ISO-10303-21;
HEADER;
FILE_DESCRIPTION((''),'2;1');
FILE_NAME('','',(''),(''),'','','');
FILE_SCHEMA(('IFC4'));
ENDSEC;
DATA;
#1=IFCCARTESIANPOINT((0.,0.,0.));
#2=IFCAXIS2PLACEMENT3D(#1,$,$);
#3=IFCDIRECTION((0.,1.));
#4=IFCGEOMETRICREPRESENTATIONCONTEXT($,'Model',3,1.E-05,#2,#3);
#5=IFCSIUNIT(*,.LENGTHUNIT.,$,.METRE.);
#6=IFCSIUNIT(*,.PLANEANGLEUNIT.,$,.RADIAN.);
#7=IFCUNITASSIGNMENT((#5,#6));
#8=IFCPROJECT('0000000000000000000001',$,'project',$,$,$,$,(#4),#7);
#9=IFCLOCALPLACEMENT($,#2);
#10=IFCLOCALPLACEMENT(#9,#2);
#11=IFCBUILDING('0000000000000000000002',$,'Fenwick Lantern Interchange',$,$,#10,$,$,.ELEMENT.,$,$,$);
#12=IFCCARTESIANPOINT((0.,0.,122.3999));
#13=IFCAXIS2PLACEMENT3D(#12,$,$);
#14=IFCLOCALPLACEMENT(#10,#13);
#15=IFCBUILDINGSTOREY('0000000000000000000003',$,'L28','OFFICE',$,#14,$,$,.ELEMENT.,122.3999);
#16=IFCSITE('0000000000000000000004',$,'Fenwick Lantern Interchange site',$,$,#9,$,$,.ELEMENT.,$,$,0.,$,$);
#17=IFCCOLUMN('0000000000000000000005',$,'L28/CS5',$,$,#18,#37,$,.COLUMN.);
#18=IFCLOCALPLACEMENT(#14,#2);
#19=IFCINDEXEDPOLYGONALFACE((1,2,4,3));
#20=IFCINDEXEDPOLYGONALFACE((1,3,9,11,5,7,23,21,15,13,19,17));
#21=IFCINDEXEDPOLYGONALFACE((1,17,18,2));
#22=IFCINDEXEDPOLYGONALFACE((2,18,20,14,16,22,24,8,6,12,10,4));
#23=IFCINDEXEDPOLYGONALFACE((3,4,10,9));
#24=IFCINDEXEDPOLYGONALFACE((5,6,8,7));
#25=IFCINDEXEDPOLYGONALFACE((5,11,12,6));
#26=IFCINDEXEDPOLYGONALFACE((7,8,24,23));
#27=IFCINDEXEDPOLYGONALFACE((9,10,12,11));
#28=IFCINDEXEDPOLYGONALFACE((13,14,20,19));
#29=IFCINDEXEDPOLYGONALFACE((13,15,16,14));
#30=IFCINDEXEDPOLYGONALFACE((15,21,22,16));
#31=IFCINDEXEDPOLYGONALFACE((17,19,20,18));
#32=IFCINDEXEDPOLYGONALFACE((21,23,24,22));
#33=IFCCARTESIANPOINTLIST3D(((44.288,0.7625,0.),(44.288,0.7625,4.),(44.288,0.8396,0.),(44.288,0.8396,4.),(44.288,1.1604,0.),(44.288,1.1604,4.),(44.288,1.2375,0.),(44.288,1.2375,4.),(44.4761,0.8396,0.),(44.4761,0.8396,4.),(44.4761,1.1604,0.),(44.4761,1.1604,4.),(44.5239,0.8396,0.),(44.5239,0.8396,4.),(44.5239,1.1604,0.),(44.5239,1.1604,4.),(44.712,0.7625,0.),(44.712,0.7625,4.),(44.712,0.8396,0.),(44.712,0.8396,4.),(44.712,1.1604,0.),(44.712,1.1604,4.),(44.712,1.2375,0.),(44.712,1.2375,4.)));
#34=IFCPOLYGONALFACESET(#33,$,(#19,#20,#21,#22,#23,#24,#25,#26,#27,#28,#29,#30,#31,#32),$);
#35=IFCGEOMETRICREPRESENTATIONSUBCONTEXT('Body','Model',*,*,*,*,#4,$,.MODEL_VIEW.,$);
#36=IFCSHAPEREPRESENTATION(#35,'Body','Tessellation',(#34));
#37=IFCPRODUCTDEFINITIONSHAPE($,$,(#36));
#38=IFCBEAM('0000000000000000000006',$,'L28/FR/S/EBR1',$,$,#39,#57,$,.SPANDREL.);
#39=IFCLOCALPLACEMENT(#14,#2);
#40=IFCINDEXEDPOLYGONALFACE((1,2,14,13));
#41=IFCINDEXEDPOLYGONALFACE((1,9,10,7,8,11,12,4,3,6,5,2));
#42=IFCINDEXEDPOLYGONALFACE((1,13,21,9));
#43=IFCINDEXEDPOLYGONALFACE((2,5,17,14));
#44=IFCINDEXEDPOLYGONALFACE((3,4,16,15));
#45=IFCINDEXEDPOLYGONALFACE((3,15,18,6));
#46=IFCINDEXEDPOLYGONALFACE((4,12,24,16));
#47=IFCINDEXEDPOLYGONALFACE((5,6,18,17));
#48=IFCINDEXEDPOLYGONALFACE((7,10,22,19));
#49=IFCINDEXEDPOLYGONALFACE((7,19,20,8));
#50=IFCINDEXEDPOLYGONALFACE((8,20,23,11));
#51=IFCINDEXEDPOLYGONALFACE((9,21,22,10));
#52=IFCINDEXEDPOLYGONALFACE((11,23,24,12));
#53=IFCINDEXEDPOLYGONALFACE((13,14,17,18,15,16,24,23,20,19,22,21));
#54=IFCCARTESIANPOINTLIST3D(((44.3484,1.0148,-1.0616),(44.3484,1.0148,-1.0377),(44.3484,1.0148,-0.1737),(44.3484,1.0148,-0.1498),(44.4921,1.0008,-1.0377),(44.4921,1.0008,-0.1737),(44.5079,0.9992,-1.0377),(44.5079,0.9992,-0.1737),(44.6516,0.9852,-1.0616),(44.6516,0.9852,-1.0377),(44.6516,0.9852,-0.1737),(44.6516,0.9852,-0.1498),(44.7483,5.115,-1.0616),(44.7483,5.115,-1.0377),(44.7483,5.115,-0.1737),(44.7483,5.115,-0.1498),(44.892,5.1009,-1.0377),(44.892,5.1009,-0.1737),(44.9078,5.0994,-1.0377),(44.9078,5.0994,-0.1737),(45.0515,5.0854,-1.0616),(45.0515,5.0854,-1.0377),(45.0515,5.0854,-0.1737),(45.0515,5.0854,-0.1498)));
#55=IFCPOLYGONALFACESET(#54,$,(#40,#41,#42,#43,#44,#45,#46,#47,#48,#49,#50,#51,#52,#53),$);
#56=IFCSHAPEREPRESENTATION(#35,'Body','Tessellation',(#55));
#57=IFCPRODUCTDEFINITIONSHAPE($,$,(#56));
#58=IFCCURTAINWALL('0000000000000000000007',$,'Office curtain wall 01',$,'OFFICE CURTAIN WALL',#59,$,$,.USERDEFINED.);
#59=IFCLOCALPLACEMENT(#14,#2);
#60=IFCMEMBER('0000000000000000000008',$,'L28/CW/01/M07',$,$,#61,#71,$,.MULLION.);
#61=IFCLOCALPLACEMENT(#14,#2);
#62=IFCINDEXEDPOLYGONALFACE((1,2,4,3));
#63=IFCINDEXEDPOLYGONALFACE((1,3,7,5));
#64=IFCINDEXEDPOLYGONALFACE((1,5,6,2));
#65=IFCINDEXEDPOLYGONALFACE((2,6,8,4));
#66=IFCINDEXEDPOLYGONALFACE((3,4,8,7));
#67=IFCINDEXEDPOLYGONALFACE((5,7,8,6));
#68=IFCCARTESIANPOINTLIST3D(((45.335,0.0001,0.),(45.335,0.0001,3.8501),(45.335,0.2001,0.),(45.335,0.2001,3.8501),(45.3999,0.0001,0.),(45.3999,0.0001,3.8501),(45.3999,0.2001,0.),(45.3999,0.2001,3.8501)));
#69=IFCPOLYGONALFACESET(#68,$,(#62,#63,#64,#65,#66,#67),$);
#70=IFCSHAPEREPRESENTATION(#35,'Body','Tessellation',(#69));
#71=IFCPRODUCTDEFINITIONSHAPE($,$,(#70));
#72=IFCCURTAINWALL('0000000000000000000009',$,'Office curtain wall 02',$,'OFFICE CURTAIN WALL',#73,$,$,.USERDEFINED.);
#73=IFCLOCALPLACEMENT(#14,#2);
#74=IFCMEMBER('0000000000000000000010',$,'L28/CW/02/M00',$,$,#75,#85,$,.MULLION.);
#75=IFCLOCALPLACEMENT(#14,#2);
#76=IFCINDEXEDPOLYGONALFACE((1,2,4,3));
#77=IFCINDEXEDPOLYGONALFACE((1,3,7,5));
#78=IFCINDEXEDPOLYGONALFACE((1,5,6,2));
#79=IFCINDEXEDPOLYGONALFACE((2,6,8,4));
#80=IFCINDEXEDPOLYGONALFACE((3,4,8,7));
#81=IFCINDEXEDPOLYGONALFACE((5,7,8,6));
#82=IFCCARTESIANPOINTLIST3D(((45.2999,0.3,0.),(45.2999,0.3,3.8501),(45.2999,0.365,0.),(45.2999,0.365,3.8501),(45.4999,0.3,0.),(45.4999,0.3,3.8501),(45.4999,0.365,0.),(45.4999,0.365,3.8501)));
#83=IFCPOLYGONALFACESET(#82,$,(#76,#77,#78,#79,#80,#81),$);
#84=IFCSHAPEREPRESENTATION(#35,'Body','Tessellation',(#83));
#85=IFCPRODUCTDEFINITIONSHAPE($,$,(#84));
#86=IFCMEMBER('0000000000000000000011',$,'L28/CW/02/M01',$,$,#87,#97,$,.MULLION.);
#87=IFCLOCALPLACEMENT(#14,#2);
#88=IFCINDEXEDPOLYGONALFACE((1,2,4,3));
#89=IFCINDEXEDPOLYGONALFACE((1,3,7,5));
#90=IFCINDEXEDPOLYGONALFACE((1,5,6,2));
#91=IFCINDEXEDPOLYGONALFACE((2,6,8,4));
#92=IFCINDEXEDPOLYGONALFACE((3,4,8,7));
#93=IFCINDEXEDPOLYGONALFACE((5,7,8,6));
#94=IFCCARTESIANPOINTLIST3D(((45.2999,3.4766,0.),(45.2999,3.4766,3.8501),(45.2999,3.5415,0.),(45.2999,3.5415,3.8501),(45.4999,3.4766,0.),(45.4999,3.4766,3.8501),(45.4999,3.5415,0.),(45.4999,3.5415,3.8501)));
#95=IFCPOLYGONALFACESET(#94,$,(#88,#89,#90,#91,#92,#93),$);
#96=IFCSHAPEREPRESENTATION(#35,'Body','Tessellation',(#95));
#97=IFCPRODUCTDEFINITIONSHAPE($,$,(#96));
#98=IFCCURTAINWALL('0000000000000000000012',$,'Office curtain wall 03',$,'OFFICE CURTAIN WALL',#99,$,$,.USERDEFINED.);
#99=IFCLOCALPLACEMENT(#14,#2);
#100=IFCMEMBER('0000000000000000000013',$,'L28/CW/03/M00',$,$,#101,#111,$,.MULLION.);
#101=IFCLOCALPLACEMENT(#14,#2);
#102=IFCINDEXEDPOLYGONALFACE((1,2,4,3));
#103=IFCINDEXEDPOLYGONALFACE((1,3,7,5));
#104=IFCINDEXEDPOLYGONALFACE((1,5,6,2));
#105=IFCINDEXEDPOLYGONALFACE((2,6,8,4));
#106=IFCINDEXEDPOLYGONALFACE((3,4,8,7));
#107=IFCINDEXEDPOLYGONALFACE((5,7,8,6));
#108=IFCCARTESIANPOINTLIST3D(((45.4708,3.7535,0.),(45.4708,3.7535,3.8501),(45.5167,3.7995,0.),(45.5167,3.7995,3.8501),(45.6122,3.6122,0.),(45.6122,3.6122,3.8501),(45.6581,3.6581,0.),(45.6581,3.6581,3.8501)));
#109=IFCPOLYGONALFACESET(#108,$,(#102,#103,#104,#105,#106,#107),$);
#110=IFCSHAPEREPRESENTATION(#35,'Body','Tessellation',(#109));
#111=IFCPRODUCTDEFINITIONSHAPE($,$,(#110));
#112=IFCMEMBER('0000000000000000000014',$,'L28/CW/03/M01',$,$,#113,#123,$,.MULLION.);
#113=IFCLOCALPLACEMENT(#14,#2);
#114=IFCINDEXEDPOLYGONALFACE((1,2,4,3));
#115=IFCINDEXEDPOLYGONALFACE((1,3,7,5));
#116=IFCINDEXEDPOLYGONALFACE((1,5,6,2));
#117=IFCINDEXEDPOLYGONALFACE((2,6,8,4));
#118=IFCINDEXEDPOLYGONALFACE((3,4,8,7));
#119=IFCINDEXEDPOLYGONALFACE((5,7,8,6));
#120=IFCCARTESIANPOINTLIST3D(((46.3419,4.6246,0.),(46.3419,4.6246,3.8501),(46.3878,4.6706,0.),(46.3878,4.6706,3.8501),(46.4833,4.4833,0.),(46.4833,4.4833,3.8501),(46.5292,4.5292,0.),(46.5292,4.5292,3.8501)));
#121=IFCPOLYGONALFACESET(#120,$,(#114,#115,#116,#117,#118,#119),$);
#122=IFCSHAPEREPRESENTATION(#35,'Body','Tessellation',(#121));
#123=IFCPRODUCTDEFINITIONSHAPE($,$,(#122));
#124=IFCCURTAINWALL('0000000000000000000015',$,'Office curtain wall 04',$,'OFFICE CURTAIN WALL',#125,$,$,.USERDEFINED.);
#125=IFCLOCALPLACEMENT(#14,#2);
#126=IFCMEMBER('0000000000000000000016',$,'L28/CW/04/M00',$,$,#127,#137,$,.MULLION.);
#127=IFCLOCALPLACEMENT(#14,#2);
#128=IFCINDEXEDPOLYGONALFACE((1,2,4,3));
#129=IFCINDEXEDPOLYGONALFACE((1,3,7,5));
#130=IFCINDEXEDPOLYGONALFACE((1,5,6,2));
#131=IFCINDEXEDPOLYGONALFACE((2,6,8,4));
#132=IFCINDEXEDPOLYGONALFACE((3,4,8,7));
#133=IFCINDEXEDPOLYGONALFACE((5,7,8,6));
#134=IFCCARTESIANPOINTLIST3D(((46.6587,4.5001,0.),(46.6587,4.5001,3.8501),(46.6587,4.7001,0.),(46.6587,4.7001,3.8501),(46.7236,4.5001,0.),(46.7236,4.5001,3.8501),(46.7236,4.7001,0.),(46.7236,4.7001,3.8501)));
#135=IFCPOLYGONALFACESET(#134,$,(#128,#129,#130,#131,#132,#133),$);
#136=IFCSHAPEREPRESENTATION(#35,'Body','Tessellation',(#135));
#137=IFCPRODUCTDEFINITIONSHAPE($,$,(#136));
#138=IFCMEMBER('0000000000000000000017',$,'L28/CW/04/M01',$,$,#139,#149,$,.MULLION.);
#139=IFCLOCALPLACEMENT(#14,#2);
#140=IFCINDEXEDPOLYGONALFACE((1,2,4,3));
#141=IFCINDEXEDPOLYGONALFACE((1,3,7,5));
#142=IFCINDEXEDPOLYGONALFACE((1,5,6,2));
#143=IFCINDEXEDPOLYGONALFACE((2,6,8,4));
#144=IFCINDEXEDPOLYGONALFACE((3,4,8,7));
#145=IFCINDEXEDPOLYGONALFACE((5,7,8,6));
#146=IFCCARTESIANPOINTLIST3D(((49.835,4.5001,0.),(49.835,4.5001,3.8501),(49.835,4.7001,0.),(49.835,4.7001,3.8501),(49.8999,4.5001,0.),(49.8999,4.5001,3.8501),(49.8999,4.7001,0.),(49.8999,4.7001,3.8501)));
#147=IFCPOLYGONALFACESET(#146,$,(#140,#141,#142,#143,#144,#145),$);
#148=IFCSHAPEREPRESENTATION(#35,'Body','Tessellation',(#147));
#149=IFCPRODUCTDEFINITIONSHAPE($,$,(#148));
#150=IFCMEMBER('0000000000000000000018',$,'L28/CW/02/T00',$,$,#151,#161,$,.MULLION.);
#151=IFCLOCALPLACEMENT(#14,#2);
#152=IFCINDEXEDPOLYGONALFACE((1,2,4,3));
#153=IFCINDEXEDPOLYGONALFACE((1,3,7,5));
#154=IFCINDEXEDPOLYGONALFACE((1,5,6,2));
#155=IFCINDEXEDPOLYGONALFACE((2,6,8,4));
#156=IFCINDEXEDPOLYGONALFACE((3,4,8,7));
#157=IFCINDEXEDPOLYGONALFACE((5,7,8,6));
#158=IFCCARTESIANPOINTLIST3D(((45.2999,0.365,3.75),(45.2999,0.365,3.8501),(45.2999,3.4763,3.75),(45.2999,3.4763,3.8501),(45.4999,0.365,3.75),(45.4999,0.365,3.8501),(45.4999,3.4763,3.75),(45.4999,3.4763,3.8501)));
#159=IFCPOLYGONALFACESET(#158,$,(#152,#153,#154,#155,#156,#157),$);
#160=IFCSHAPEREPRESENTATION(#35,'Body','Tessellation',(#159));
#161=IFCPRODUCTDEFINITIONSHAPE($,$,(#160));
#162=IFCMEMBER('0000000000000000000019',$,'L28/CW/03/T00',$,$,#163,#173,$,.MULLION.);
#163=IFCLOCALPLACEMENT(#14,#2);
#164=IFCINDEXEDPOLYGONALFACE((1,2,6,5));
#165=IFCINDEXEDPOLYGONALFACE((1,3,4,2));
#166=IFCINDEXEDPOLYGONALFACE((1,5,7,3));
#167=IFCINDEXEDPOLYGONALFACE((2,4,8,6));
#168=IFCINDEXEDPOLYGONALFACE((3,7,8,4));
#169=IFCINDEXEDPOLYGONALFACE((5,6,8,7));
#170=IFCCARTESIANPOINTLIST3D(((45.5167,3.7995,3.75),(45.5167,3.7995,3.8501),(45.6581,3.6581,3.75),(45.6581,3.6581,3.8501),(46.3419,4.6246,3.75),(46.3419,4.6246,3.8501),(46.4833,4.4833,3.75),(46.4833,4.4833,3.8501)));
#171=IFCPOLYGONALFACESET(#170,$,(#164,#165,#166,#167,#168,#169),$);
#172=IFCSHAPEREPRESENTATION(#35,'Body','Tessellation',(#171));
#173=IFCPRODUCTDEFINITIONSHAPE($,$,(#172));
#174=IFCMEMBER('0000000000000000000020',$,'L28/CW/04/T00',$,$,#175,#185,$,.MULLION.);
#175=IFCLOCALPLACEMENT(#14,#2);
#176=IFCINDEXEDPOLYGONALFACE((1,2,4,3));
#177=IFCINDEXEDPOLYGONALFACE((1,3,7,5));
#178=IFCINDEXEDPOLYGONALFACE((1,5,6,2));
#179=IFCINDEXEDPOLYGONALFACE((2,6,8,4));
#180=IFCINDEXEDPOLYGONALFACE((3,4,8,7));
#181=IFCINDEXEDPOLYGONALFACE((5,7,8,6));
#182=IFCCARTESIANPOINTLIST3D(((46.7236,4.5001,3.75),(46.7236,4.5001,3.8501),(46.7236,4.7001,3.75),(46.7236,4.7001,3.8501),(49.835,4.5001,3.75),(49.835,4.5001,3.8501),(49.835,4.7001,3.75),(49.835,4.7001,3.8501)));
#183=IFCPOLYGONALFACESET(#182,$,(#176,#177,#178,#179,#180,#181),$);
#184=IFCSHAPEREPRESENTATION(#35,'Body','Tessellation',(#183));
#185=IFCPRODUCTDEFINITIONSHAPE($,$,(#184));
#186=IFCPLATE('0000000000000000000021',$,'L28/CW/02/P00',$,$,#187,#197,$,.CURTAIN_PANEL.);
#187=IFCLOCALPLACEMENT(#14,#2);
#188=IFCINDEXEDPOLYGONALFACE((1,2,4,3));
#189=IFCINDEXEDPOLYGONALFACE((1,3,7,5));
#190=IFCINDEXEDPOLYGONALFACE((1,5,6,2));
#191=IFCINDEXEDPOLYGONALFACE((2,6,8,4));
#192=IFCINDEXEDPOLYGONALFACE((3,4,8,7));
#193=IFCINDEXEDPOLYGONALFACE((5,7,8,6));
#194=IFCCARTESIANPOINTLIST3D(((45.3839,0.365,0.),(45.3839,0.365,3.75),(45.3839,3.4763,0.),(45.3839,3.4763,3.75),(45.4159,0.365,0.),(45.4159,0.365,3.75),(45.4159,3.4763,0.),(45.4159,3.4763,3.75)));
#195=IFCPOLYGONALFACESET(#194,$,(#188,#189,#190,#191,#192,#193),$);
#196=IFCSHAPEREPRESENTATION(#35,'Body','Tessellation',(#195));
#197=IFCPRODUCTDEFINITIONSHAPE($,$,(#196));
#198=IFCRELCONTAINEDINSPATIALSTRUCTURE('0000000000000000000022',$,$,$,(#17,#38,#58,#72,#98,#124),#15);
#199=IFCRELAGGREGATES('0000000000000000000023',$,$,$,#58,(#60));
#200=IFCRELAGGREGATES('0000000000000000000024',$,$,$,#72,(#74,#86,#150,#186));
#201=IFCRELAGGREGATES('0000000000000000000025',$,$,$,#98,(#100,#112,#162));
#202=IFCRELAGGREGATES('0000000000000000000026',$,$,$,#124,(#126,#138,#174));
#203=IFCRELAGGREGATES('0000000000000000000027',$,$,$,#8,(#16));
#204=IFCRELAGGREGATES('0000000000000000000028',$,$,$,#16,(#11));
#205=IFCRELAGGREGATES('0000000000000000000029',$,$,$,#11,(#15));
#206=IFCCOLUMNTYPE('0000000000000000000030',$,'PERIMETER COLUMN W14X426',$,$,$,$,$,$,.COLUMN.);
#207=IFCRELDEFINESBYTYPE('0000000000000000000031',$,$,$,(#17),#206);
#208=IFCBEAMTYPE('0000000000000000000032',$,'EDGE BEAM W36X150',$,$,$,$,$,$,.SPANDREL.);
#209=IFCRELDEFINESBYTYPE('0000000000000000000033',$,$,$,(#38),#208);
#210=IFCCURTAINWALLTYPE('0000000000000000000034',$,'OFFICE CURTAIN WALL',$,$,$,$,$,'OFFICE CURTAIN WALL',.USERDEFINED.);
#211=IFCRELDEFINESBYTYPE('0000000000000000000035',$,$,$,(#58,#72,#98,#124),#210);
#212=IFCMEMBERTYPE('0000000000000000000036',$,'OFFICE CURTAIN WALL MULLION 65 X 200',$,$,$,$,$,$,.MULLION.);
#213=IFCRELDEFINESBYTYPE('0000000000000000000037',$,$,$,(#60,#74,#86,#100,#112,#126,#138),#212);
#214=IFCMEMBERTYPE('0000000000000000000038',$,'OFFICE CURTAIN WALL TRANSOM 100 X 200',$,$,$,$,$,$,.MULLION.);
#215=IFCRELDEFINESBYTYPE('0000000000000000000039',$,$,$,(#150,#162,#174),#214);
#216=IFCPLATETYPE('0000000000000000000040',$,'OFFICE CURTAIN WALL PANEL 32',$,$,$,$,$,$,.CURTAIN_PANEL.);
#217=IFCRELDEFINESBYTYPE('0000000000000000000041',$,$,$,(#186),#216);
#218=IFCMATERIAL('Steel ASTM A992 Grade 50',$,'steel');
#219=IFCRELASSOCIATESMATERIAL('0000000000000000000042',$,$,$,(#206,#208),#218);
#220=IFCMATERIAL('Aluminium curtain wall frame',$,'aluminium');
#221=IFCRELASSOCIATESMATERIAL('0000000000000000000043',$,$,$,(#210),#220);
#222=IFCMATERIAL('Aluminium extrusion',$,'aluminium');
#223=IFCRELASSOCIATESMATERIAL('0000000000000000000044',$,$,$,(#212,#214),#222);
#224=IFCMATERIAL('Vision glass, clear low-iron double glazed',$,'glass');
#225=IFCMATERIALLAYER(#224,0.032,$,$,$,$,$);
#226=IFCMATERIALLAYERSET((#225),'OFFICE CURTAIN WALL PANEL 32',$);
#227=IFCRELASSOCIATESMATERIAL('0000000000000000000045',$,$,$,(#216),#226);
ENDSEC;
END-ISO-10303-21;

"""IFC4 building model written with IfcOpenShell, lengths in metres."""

from ifc_helpers import new_model, si_unit, direction, frame, origin, origin_2d, place, context, subcontext, project, spatial, rectangle, i_section, extrude, material, layer, layer_set, material_profile, profile_set, type_object, element, aggregate, save


model = new_model("IFC4")

# Units and contexts
model_context = context("Model", 3, precision=1e-05, world=origin(), true_north=direction((0.0, 1.0)))
body_context = subcontext(model_context, "Body", "Model", "MODEL_VIEW")
ifc_project = project(units=[si_unit("LENGTHUNIT", "METRE"), si_unit("PLANEANGLEUNIT", "RADIAN")], contexts=[model_context])

# Site, building, storey
site_placement = place(None, origin())
site = spatial("IfcSite", under=ifc_project, at=site_placement, Name="Fenwick Lantern Interchange site", CompositionType="ELEMENT", RefElevation=0.0)
building_placement = place(site_placement, origin())
building = spatial("IfcBuilding", under=site, at=building_placement, Name="Fenwick Lantern Interchange", CompositionType="ELEMENT")
storey_placement = place(building_placement, frame((0.0, 0.0, 122.3999)))
storey = spatial("IfcBuildingStorey", under=building, at=storey_placement, Name="L28", Description="OFFICE", CompositionType="ELEMENT", Elevation=122.3999)

# Column
ifc_material_1 = material(Name="Steel ASTM A992 Grade 50", Category="steel")
ifc_material_profile_1 = material_profile(ifc_material_1, i_section(OverallWidth=0.4241, OverallDepth=0.4751, WebThickness=0.0479, FlangeThickness=0.0771, at=origin_2d()), Name="W14X426")
ifc_profile_set_1 = profile_set([ifc_material_profile_1], Name="Steel ASTM A992 Grade 50")
column_type = type_object("IfcColumnType", Name="PERIMETER COLUMN W14X426", PredefinedType="COLUMN", material=ifc_profile_set_1)
column_placement = place(storey_placement, frame((44.5, 1.0, 0.0), z_axis=(0.0, 0.0, 1.0), x_axis=(1.0, 0.0, 0.0)))
element("IfcColumn", 1, at=column_placement, inside=storey, type_object=column_type, Name="L28/CS5", PredefinedType="COLUMN", context=body_context, shape_type="SweptSolid", body=[
    extrude(i_section(OverallWidth=0.4241, OverallDepth=0.4751, WebThickness=0.0479, FlangeThickness=0.0771, at=origin_2d()), origin(), (0.0, 0.0, 1.0), 4.0),
])

# Beam
ifc_material_profile_2 = material_profile(ifc_material_1, i_section(OverallWidth=0.3047, OverallDepth=0.9119, WebThickness=0.0159, FlangeThickness=0.0239, at=origin_2d()), Name="W36X150")
ifc_profile_set_2 = profile_set([ifc_material_profile_2], Name="Steel ASTM A992 Grade 50")
beam_type = type_object("IfcBeamType", Name="EDGE BEAM W36X150", PredefinedType="SPANDREL", material=ifc_profile_set_2)
beam_placement = place(storey_placement, frame((44.5, 1.0, -0.6057), z_axis=(0.097074, 0.995277, 0.0), x_axis=(-0.995277, 0.097074, 0.0)))
element("IfcBeam", 2, at=beam_placement, inside=storey, type_object=beam_type, Name="L28/FR/S/EBR1", PredefinedType="SPANDREL", context=body_context, shape_type="SweptSolid", body=[
    extrude(i_section(OverallWidth=0.3047, OverallDepth=0.9119, WebThickness=0.0159, FlangeThickness=0.0239, at=origin_2d()), origin(), (0.0, 0.0, 1.0), 4.1196),
])

# Curtain wall, member
ifc_material_2 = material(Name="Aluminium curtain wall frame", Category="aluminium")
curtain_wall_type = type_object("IfcCurtainWallType", Name="OFFICE CURTAIN WALL", ElementType="OFFICE CURTAIN WALL", PredefinedType="USERDEFINED", material=ifc_material_2)
curtain_wall_1_placement = place(storey_placement, origin())
curtain_wall_1 = element("IfcCurtainWall", 3, at=curtain_wall_1_placement, inside=storey, type_object=curtain_wall_type, Name="Office curtain wall 01", ObjectType="OFFICE CURTAIN WALL", PredefinedType="USERDEFINED")
ifc_material_3 = material(Name="Aluminium extrusion", Category="aluminium")
ifc_material_profile_3 = material_profile(ifc_material_3, rectangle(XDim=0.2, YDim=0.0649, at=origin_2d()), Name="OFFICE CURTAIN WALL MULLION 65 X 200")
ifc_profile_set_3 = profile_set([ifc_material_profile_3], Name="Aluminium extrusion")
member_type_1 = type_object("IfcMemberType", Name="OFFICE CURTAIN WALL MULLION 65 X 200", PredefinedType="MULLION", material=ifc_profile_set_3)
member_1_placement = place(storey_placement, frame((45.3674, 0.1001, 0.0), z_axis=(0.0, 0.0, 1.0), x_axis=(0.0, 1.0, 0.0)))
member_1 = element("IfcMember", 4, at=member_1_placement, type_object=member_type_1, Name="L28/CW/01/M07", PredefinedType="MULLION", context=body_context, shape_type="SweptSolid", body=[
    extrude(rectangle(XDim=0.2, YDim=0.0649, at=origin_2d()), origin(), (0.0, 0.0, 1.0), 3.8501),
])
aggregate(curtain_wall_1, [member_1])

# Curtain walls, members
curtain_wall_2_placement = place(storey_placement, origin())
curtain_wall_2 = element("IfcCurtainWall", 5, at=curtain_wall_2_placement, inside=storey, type_object=curtain_wall_type, Name="Office curtain wall 02", ObjectType="OFFICE CURTAIN WALL", PredefinedType="USERDEFINED")
member_2_placement = place(storey_placement, frame((45.3999, 0.3325, 0.0), z_axis=(0.0, 0.0, 1.0), x_axis=(-1.0, 0.0, 0.0)))
member_2 = element("IfcMember", 6, at=member_2_placement, type_object=member_type_1, Name="L28/CW/02/M00", PredefinedType="MULLION", context=body_context, shape_type="SweptSolid", body=[
    extrude(rectangle(XDim=0.2, YDim=0.0649, at=origin_2d()), origin(), (0.0, 0.0, 1.0), 3.8501),
])
member_3_placement = place(storey_placement, frame((45.3999, 3.509, 0.0), z_axis=(0.0, 0.0, 1.0), x_axis=(-1.0, 0.0, 0.0)))
member_3 = element("IfcMember", 7, at=member_3_placement, type_object=member_type_1, Name="L28/CW/02/M01", PredefinedType="MULLION", context=body_context, shape_type="SweptSolid", body=[
    extrude(rectangle(XDim=0.2, YDim=0.0649, at=origin_2d()), origin(), (0.0, 0.0, 1.0), 3.8501),
])
curtain_wall_3_placement = place(storey_placement, origin())
curtain_wall_3 = element("IfcCurtainWall", 8, at=curtain_wall_3_placement, inside=storey, type_object=curtain_wall_type, Name="Office curtain wall 03", ObjectType="OFFICE CURTAIN WALL", PredefinedType="USERDEFINED")
member_4_placement = place(storey_placement, frame((45.5645, 3.7058, 0.0), z_axis=(0.0, 0.0, 1.0), x_axis=(-0.707107, 0.707107, 0.0)))
member_4 = element("IfcMember", 9, at=member_4_placement, type_object=member_type_1, Name="L28/CW/03/M00", PredefinedType="MULLION", context=body_context, shape_type="SweptSolid", body=[
    extrude(rectangle(XDim=0.2, YDim=0.0649, at=origin_2d()), origin(), (0.0, 0.0, 1.0), 3.8501),
])
member_5_placement = place(storey_placement, frame((46.4355, 4.5769, 0.0), z_axis=(0.0, 0.0, 1.0), x_axis=(-0.707107, 0.707107, 0.0)))
member_5 = element("IfcMember", 10, at=member_5_placement, type_object=member_type_1, Name="L28/CW/03/M01", PredefinedType="MULLION", context=body_context, shape_type="SweptSolid", body=[
    extrude(rectangle(XDim=0.2, YDim=0.0649, at=origin_2d()), origin(), (0.0, 0.0, 1.0), 3.8501),
])
curtain_wall_4_placement = place(storey_placement, origin())
curtain_wall_4 = element("IfcCurtainWall", 11, at=curtain_wall_4_placement, inside=storey, type_object=curtain_wall_type, Name="Office curtain wall 04", ObjectType="OFFICE CURTAIN WALL", PredefinedType="USERDEFINED")
member_6_placement = place(storey_placement, frame((46.6912, 4.6001, 0.0), z_axis=(0.0, 0.0, 1.0), x_axis=(0.0, 1.0, 0.0)))
member_6 = element("IfcMember", 12, at=member_6_placement, type_object=member_type_1, Name="L28/CW/04/M00", PredefinedType="MULLION", context=body_context, shape_type="SweptSolid", body=[
    extrude(rectangle(XDim=0.2, YDim=0.0649, at=origin_2d()), origin(), (0.0, 0.0, 1.0), 3.8501),
])
member_7_placement = place(storey_placement, frame((49.8674, 4.6001, 0.0), z_axis=(0.0, 0.0, 1.0), x_axis=(0.0, 1.0, 0.0)))
member_7 = element("IfcMember", 13, at=member_7_placement, type_object=member_type_1, Name="L28/CW/04/M01", PredefinedType="MULLION", context=body_context, shape_type="SweptSolid", body=[
    extrude(rectangle(XDim=0.2, YDim=0.0649, at=origin_2d()), origin(), (0.0, 0.0, 1.0), 3.8501),
])

# Members
ifc_material_profile_4 = material_profile(ifc_material_3, rectangle(XDim=0.2, YDim=0.1001, at=origin_2d()), Name="OFFICE CURTAIN WALL TRANSOM 100 X 200")
ifc_profile_set_4 = profile_set([ifc_material_profile_4], Name="Aluminium extrusion")
member_type_2 = type_object("IfcMemberType", Name="OFFICE CURTAIN WALL TRANSOM 100 X 200", PredefinedType="MULLION", material=ifc_profile_set_4)
member_8_placement = place(storey_placement, frame((45.3999, 0.365, 3.8), z_axis=(0.0, 1.0, 0.0), x_axis=(-1.0, 0.0, 0.0)))
member_8 = element("IfcMember", 14, at=member_8_placement, type_object=member_type_2, Name="L28/CW/02/T00", PredefinedType="MULLION", context=body_context, shape_type="SweptSolid", body=[
    extrude(rectangle(XDim=0.2, YDim=0.1001, at=origin_2d()), origin(), (0.0, 0.0, 1.0), 3.1113),
])
member_9_placement = place(storey_placement, frame((45.5874, 3.7288, 3.8), z_axis=(0.707107, 0.707107, 0.0), x_axis=(-0.707107, 0.707107, 0.0)))
member_9 = element("IfcMember", 15, at=member_9_placement, type_object=member_type_2, Name="L28/CW/03/T00", PredefinedType="MULLION", context=body_context, shape_type="SweptSolid", body=[
    extrude(rectangle(XDim=0.2, YDim=0.1001, at=origin_2d()), origin(), (0.0, 0.0, 1.0), 1.167),
])
member_10_placement = place(storey_placement, frame((46.7236, 4.6001, 3.8), z_axis=(1.0, 0.0, 0.0), x_axis=(0.0, 1.0, 0.0)))
member_10 = element("IfcMember", 16, at=member_10_placement, type_object=member_type_2, Name="L28/CW/04/T00", PredefinedType="MULLION", context=body_context, shape_type="SweptSolid", body=[
    extrude(rectangle(XDim=0.2, YDim=0.1001, at=origin_2d()), origin(), (0.0, 0.0, 1.0), 3.1113),
])

# Plate
ifc_material_4 = material(Name="Vision glass, clear low-iron double glazed", Category="glass")
ifc_layer_1 = layer(ifc_material_4, 0.032)
ifc_layer_set_1 = layer_set([ifc_layer_1], Name="OFFICE CURTAIN WALL PANEL 32")
plate_type = type_object("IfcPlateType", Name="OFFICE CURTAIN WALL PANEL 32", PredefinedType="CURTAIN_PANEL", material=ifc_layer_set_1)
plate_1_placement = place(storey_placement, frame((45.3999, 1.9207, 0.0), z_axis=(0.0, 0.0, 1.0), x_axis=(0.0, 1.0, 0.0)))
plate_1 = element("IfcPlate", 17, at=plate_1_placement, type_object=plate_type, Name="L28/CW/02/P00", PredefinedType="CURTAIN_PANEL", context=body_context, shape_type="SweptSolid", body=[
    extrude(rectangle(XDim=3.1113, YDim=0.032, at=origin_2d()), origin(), (0.0, 0.0, 1.0), 3.75),
])
aggregate(curtain_wall_2, [member_2, member_3, member_8, plate_1])
aggregate(curtain_wall_3, [member_4, member_5, member_9])
aggregate(curtain_wall_4, [member_6, member_7, member_10])

save(model, "model.ifc")
